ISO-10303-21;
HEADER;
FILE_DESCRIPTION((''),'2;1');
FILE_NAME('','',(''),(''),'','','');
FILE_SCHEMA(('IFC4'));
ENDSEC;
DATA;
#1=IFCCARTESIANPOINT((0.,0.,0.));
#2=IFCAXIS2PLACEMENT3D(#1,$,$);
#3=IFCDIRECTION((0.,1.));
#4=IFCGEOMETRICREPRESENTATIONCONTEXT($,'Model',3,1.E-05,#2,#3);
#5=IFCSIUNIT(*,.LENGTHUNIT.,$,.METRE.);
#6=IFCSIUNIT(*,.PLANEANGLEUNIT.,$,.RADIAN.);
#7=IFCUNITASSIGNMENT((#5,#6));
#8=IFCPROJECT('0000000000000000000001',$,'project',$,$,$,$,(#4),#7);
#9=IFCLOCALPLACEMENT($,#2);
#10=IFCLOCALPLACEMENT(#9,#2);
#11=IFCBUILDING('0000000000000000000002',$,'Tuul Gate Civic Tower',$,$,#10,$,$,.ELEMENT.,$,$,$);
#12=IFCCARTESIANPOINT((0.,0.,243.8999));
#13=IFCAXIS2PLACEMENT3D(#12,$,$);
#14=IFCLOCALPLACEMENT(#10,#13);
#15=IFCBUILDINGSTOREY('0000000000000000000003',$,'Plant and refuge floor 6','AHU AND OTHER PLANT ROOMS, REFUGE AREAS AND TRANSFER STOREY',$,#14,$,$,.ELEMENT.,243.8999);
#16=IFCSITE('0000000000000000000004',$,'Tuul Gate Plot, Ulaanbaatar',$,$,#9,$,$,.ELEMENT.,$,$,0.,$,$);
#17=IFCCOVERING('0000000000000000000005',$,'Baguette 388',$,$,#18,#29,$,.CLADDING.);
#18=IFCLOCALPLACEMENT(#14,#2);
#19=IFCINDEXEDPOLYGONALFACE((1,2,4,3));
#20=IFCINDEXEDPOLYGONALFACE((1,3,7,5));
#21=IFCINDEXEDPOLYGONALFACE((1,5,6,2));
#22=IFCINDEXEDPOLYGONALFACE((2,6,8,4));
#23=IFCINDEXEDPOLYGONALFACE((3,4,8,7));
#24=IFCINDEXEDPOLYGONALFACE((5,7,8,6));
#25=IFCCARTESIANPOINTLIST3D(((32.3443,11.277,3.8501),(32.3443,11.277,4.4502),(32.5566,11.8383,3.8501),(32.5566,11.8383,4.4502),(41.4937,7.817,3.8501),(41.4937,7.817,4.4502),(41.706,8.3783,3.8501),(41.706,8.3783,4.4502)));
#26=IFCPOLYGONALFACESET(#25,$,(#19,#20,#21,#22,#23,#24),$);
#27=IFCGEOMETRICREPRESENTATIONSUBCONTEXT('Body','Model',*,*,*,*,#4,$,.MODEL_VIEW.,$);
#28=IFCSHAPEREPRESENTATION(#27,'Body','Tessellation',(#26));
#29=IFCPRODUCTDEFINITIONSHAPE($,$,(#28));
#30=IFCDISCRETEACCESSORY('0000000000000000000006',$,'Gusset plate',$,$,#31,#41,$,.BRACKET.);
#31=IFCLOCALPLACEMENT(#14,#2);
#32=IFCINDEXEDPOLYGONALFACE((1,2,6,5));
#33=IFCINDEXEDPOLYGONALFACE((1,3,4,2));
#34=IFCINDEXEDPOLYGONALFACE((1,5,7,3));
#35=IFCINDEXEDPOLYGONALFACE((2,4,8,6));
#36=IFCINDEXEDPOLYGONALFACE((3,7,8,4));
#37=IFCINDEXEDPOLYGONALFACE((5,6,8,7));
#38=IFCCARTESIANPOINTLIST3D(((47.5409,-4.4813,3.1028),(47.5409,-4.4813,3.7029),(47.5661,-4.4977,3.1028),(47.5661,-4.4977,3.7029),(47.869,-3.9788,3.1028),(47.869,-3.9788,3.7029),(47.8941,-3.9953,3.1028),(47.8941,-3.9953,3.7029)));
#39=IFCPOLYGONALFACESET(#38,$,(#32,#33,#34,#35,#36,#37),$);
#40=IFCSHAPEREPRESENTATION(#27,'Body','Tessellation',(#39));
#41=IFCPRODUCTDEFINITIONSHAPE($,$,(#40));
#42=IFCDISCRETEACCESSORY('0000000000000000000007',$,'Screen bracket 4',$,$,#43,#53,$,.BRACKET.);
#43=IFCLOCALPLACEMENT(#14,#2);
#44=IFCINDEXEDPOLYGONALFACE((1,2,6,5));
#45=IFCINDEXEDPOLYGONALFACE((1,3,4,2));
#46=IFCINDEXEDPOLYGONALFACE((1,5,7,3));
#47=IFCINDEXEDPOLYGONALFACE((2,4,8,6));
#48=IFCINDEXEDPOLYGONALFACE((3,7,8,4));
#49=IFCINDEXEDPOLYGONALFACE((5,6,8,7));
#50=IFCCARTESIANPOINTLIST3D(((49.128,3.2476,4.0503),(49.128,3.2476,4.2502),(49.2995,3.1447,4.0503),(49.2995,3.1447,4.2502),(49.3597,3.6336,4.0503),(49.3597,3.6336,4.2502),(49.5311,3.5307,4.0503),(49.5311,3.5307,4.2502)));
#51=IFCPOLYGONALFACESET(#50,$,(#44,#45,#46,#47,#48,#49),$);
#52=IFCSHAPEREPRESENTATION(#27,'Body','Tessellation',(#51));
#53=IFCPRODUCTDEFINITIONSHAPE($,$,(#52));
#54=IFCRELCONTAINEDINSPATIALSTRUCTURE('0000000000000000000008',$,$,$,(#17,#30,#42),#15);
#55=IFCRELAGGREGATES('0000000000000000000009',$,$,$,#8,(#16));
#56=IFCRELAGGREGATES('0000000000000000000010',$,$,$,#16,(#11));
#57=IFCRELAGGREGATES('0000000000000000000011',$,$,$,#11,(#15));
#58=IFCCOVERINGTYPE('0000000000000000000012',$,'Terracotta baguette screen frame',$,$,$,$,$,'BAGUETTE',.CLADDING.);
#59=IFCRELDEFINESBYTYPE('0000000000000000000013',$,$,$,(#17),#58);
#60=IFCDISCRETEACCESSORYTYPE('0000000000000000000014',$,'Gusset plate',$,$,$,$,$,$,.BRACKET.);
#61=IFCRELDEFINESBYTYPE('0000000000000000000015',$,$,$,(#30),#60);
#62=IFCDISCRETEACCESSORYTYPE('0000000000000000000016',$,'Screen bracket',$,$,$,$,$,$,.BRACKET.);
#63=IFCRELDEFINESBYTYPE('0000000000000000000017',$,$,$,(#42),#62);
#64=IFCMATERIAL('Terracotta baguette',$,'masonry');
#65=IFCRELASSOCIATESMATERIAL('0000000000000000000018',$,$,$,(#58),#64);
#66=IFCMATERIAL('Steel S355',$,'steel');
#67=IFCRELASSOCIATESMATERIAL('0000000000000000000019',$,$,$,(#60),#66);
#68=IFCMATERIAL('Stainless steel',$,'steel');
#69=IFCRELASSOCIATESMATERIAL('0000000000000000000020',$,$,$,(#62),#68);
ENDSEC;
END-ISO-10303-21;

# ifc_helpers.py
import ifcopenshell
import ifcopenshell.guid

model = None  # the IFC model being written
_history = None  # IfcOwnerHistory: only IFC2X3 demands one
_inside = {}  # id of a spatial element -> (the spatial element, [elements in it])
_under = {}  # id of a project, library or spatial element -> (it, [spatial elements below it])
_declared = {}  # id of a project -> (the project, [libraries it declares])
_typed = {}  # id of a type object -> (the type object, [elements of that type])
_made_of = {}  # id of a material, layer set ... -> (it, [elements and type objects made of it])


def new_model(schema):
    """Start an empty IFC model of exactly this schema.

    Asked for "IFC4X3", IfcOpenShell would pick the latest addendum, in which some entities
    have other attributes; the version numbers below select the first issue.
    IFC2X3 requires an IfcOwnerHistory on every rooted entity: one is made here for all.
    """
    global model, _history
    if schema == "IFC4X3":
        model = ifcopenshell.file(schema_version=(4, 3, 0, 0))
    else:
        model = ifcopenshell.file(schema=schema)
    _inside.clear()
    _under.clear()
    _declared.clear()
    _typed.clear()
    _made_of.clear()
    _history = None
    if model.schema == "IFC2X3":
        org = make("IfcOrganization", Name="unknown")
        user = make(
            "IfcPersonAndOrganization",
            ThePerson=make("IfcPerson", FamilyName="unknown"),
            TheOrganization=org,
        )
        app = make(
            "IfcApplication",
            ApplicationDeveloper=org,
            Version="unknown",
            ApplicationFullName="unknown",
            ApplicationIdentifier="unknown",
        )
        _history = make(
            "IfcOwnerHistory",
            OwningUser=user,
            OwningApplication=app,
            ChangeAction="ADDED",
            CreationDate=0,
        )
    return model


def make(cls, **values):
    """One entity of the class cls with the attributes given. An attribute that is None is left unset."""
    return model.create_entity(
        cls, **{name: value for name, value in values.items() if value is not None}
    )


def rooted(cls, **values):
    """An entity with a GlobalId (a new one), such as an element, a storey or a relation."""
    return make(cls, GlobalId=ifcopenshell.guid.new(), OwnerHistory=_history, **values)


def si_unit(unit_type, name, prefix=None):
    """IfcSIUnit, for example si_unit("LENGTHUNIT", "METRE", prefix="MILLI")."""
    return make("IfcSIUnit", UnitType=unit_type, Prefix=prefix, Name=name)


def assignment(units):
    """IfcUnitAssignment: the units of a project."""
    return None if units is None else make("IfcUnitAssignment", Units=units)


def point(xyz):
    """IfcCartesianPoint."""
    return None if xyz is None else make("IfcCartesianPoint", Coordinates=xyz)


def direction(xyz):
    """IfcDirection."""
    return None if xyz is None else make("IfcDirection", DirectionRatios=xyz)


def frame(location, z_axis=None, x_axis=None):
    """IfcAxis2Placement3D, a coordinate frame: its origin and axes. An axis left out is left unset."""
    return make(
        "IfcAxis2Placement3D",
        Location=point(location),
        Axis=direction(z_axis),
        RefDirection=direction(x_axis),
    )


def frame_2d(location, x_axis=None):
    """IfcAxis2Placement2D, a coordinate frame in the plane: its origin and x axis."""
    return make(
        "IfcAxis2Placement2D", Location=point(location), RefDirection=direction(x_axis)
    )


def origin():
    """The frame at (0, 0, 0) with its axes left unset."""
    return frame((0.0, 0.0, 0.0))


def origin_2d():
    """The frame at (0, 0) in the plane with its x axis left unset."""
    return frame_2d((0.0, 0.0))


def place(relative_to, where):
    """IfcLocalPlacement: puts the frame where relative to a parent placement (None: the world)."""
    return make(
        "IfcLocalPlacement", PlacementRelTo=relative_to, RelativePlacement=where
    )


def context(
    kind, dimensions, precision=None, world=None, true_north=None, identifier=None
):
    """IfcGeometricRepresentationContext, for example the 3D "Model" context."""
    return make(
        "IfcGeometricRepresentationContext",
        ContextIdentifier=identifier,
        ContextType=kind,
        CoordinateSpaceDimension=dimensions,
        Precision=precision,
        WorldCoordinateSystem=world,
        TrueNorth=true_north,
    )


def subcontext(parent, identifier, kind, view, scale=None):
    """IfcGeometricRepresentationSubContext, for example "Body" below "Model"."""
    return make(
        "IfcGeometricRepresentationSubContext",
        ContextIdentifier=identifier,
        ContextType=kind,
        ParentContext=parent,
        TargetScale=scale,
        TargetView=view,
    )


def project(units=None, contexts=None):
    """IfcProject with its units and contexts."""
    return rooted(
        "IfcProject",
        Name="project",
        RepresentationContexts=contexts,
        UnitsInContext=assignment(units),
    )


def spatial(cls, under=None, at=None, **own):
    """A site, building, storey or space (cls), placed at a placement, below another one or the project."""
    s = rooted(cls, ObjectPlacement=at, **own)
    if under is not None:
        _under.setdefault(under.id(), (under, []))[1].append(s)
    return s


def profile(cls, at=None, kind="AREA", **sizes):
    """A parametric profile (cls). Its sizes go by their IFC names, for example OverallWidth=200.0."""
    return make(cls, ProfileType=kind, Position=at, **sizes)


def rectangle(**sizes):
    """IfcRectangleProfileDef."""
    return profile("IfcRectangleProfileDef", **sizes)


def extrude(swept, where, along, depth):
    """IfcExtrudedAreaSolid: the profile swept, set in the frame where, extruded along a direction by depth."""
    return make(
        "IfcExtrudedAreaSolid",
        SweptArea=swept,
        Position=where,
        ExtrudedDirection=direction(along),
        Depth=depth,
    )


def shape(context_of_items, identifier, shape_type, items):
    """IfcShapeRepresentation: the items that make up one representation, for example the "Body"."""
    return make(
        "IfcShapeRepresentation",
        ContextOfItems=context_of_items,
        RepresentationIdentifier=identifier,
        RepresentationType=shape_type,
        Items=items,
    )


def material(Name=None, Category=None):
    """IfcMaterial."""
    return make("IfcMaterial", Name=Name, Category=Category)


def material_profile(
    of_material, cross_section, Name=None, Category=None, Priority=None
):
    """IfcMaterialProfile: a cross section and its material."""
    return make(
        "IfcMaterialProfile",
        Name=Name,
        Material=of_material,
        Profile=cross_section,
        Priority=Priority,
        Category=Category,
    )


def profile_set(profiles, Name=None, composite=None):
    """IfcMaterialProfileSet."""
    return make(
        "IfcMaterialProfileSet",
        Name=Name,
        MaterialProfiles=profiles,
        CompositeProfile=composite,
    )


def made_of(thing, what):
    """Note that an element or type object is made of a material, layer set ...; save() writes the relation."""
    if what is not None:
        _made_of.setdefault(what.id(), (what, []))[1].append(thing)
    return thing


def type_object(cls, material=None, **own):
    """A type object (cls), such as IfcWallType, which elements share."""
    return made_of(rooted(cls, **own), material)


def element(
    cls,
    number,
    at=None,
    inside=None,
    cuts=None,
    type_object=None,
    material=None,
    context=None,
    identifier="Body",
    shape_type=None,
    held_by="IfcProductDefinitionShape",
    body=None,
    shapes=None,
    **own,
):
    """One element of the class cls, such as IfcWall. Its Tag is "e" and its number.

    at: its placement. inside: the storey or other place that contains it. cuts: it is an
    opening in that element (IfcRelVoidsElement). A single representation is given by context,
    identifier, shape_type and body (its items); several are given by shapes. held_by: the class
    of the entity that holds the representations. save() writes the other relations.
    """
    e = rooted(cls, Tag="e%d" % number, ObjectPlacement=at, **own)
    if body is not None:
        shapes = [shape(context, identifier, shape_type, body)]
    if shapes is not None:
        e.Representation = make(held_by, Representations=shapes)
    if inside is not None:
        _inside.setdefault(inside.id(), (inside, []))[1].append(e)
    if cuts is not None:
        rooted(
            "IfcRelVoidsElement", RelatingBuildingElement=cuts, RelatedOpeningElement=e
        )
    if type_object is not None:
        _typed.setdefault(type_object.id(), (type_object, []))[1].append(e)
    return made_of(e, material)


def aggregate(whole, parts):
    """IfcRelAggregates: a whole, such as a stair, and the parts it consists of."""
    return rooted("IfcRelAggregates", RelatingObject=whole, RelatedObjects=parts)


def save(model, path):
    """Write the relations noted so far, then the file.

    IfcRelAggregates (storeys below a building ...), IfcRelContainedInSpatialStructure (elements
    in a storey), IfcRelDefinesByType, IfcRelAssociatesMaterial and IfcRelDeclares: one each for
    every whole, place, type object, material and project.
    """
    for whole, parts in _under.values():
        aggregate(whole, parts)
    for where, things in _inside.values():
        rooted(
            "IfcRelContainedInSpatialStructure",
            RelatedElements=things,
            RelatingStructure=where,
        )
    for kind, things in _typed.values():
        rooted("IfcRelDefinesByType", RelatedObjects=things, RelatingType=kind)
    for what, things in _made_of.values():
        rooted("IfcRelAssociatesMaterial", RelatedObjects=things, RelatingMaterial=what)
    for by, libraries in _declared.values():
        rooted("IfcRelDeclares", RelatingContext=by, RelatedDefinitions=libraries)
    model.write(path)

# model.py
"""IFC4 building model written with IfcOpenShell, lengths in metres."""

from ifc_helpers import new_model, si_unit, direction, frame, origin, origin_2d, place, context, subcontext, project, spatial, rectangle, extrude, material, material_profile, profile_set, type_object, element, save


model = new_model("IFC4")

# Units and contexts
model_context = context("Model", 3, precision=1e-05, world=origin(), true_north=direction((0.0, 1.0)))
body_context = subcontext(model_context, "Body", "Model", "MODEL_VIEW")
ifc_project = project(units=[si_unit("LENGTHUNIT", "METRE"), si_unit("PLANEANGLEUNIT", "RADIAN")], contexts=[model_context])

# Site, building, storey
site_placement = place(None, origin())
site = spatial("IfcSite", under=ifc_project, at=site_placement, Name="Tuul Gate Plot, Ulaanbaatar", CompositionType="ELEMENT", RefElevation=0.0)
building_placement = place(site_placement, origin())
building = spatial("IfcBuilding", under=site, at=building_placement, Name="Tuul Gate Civic Tower", CompositionType="ELEMENT")
storey_placement = place(building_placement, frame((0.0, 0.0, 243.8999)))
storey = spatial("IfcBuildingStorey", under=building, at=storey_placement, Name="Plant and refuge floor 6", Description="AHU AND OTHER PLANT ROOMS, REFUGE AREAS AND TRANSFER STOREY", CompositionType="ELEMENT", Elevation=243.8999)

# Covering
ifc_material_1 = material(Name="Terracotta baguette", Category="masonry")
ifc_material_profile_1 = material_profile(ifc_material_1, rectangle(XDim=0.6001, YDim=0.6001, at=origin_2d()), Name="Terracotta baguette screen frame")
ifc_profile_set_1 = profile_set([ifc_material_profile_1], Name="Terracotta baguette")
covering_type = type_object("IfcCoveringType", Name="Terracotta baguette screen frame", ElementType="BAGUETTE", PredefinedType="CLADDING", material=ifc_profile_set_1)
covering_1_placement = place(storey_placement, frame((41.5999, 8.0977, 4.1501), z_axis=(-0.935353, 0.353715, 0.0), x_axis=(-0.353715, -0.935353, 0.0)))
element("IfcCovering", 1, at=covering_1_placement, inside=storey, type_object=covering_type, Name="Baguette 388", PredefinedType="CLADDING", context=body_context, shape_type="SweptSolid", body=[
    extrude(rectangle(XDim=0.6001, YDim=0.6001, at=origin_2d()), origin(), (0.0, 0.0, 1.0), 9.7817),
])

# Discrete accessories
ifc_material_2 = material(Name="Steel S355", Category="steel")
discrete_accessory_type_1 = type_object("IfcDiscreteAccessoryType", Name="Gusset plate", PredefinedType="BRACKET", material=ifc_material_2)
discrete_accessory_1_placement = place(storey_placement, frame((47.7175, -4.2383, 3.1028), z_axis=(0.0, 0.0, 1.0), x_axis=(0.546722, 0.837314, 0.0)))
element("IfcDiscreteAccessory", 2, at=discrete_accessory_1_placement, inside=storey, type_object=discrete_accessory_type_1, Name="Gusset plate", PredefinedType="BRACKET", context=body_context, shape_type="SweptSolid", body=[
    extrude(rectangle(XDim=0.6001, YDim=0.03, at=origin_2d()), origin(), (0.0, 0.0, 1.0), 0.6001),
])
ifc_material_3 = material(Name="Stainless steel", Category="steel")
discrete_accessory_type_2 = type_object("IfcDiscreteAccessoryType", Name="Screen bracket", PredefinedType="BRACKET", material=ifc_material_3)
discrete_accessory_2_placement = place(storey_placement, frame((49.3296, 3.3892, 4.0503), z_axis=(0.0, 0.0, 1.0), x_axis=(0.514574, 0.857446, 0.0)))
element("IfcDiscreteAccessory", 3, at=discrete_accessory_2_placement, inside=storey, type_object=discrete_accessory_type_2, Name="Screen bracket 4", PredefinedType="BRACKET", context=body_context, shape_type="SweptSolid", body=[
    extrude(rectangle(XDim=0.4502, YDim=0.2, at=origin_2d()), origin(), (0.0, 0.0, 1.0), 0.2),
])

save(model, "model.ifc")
